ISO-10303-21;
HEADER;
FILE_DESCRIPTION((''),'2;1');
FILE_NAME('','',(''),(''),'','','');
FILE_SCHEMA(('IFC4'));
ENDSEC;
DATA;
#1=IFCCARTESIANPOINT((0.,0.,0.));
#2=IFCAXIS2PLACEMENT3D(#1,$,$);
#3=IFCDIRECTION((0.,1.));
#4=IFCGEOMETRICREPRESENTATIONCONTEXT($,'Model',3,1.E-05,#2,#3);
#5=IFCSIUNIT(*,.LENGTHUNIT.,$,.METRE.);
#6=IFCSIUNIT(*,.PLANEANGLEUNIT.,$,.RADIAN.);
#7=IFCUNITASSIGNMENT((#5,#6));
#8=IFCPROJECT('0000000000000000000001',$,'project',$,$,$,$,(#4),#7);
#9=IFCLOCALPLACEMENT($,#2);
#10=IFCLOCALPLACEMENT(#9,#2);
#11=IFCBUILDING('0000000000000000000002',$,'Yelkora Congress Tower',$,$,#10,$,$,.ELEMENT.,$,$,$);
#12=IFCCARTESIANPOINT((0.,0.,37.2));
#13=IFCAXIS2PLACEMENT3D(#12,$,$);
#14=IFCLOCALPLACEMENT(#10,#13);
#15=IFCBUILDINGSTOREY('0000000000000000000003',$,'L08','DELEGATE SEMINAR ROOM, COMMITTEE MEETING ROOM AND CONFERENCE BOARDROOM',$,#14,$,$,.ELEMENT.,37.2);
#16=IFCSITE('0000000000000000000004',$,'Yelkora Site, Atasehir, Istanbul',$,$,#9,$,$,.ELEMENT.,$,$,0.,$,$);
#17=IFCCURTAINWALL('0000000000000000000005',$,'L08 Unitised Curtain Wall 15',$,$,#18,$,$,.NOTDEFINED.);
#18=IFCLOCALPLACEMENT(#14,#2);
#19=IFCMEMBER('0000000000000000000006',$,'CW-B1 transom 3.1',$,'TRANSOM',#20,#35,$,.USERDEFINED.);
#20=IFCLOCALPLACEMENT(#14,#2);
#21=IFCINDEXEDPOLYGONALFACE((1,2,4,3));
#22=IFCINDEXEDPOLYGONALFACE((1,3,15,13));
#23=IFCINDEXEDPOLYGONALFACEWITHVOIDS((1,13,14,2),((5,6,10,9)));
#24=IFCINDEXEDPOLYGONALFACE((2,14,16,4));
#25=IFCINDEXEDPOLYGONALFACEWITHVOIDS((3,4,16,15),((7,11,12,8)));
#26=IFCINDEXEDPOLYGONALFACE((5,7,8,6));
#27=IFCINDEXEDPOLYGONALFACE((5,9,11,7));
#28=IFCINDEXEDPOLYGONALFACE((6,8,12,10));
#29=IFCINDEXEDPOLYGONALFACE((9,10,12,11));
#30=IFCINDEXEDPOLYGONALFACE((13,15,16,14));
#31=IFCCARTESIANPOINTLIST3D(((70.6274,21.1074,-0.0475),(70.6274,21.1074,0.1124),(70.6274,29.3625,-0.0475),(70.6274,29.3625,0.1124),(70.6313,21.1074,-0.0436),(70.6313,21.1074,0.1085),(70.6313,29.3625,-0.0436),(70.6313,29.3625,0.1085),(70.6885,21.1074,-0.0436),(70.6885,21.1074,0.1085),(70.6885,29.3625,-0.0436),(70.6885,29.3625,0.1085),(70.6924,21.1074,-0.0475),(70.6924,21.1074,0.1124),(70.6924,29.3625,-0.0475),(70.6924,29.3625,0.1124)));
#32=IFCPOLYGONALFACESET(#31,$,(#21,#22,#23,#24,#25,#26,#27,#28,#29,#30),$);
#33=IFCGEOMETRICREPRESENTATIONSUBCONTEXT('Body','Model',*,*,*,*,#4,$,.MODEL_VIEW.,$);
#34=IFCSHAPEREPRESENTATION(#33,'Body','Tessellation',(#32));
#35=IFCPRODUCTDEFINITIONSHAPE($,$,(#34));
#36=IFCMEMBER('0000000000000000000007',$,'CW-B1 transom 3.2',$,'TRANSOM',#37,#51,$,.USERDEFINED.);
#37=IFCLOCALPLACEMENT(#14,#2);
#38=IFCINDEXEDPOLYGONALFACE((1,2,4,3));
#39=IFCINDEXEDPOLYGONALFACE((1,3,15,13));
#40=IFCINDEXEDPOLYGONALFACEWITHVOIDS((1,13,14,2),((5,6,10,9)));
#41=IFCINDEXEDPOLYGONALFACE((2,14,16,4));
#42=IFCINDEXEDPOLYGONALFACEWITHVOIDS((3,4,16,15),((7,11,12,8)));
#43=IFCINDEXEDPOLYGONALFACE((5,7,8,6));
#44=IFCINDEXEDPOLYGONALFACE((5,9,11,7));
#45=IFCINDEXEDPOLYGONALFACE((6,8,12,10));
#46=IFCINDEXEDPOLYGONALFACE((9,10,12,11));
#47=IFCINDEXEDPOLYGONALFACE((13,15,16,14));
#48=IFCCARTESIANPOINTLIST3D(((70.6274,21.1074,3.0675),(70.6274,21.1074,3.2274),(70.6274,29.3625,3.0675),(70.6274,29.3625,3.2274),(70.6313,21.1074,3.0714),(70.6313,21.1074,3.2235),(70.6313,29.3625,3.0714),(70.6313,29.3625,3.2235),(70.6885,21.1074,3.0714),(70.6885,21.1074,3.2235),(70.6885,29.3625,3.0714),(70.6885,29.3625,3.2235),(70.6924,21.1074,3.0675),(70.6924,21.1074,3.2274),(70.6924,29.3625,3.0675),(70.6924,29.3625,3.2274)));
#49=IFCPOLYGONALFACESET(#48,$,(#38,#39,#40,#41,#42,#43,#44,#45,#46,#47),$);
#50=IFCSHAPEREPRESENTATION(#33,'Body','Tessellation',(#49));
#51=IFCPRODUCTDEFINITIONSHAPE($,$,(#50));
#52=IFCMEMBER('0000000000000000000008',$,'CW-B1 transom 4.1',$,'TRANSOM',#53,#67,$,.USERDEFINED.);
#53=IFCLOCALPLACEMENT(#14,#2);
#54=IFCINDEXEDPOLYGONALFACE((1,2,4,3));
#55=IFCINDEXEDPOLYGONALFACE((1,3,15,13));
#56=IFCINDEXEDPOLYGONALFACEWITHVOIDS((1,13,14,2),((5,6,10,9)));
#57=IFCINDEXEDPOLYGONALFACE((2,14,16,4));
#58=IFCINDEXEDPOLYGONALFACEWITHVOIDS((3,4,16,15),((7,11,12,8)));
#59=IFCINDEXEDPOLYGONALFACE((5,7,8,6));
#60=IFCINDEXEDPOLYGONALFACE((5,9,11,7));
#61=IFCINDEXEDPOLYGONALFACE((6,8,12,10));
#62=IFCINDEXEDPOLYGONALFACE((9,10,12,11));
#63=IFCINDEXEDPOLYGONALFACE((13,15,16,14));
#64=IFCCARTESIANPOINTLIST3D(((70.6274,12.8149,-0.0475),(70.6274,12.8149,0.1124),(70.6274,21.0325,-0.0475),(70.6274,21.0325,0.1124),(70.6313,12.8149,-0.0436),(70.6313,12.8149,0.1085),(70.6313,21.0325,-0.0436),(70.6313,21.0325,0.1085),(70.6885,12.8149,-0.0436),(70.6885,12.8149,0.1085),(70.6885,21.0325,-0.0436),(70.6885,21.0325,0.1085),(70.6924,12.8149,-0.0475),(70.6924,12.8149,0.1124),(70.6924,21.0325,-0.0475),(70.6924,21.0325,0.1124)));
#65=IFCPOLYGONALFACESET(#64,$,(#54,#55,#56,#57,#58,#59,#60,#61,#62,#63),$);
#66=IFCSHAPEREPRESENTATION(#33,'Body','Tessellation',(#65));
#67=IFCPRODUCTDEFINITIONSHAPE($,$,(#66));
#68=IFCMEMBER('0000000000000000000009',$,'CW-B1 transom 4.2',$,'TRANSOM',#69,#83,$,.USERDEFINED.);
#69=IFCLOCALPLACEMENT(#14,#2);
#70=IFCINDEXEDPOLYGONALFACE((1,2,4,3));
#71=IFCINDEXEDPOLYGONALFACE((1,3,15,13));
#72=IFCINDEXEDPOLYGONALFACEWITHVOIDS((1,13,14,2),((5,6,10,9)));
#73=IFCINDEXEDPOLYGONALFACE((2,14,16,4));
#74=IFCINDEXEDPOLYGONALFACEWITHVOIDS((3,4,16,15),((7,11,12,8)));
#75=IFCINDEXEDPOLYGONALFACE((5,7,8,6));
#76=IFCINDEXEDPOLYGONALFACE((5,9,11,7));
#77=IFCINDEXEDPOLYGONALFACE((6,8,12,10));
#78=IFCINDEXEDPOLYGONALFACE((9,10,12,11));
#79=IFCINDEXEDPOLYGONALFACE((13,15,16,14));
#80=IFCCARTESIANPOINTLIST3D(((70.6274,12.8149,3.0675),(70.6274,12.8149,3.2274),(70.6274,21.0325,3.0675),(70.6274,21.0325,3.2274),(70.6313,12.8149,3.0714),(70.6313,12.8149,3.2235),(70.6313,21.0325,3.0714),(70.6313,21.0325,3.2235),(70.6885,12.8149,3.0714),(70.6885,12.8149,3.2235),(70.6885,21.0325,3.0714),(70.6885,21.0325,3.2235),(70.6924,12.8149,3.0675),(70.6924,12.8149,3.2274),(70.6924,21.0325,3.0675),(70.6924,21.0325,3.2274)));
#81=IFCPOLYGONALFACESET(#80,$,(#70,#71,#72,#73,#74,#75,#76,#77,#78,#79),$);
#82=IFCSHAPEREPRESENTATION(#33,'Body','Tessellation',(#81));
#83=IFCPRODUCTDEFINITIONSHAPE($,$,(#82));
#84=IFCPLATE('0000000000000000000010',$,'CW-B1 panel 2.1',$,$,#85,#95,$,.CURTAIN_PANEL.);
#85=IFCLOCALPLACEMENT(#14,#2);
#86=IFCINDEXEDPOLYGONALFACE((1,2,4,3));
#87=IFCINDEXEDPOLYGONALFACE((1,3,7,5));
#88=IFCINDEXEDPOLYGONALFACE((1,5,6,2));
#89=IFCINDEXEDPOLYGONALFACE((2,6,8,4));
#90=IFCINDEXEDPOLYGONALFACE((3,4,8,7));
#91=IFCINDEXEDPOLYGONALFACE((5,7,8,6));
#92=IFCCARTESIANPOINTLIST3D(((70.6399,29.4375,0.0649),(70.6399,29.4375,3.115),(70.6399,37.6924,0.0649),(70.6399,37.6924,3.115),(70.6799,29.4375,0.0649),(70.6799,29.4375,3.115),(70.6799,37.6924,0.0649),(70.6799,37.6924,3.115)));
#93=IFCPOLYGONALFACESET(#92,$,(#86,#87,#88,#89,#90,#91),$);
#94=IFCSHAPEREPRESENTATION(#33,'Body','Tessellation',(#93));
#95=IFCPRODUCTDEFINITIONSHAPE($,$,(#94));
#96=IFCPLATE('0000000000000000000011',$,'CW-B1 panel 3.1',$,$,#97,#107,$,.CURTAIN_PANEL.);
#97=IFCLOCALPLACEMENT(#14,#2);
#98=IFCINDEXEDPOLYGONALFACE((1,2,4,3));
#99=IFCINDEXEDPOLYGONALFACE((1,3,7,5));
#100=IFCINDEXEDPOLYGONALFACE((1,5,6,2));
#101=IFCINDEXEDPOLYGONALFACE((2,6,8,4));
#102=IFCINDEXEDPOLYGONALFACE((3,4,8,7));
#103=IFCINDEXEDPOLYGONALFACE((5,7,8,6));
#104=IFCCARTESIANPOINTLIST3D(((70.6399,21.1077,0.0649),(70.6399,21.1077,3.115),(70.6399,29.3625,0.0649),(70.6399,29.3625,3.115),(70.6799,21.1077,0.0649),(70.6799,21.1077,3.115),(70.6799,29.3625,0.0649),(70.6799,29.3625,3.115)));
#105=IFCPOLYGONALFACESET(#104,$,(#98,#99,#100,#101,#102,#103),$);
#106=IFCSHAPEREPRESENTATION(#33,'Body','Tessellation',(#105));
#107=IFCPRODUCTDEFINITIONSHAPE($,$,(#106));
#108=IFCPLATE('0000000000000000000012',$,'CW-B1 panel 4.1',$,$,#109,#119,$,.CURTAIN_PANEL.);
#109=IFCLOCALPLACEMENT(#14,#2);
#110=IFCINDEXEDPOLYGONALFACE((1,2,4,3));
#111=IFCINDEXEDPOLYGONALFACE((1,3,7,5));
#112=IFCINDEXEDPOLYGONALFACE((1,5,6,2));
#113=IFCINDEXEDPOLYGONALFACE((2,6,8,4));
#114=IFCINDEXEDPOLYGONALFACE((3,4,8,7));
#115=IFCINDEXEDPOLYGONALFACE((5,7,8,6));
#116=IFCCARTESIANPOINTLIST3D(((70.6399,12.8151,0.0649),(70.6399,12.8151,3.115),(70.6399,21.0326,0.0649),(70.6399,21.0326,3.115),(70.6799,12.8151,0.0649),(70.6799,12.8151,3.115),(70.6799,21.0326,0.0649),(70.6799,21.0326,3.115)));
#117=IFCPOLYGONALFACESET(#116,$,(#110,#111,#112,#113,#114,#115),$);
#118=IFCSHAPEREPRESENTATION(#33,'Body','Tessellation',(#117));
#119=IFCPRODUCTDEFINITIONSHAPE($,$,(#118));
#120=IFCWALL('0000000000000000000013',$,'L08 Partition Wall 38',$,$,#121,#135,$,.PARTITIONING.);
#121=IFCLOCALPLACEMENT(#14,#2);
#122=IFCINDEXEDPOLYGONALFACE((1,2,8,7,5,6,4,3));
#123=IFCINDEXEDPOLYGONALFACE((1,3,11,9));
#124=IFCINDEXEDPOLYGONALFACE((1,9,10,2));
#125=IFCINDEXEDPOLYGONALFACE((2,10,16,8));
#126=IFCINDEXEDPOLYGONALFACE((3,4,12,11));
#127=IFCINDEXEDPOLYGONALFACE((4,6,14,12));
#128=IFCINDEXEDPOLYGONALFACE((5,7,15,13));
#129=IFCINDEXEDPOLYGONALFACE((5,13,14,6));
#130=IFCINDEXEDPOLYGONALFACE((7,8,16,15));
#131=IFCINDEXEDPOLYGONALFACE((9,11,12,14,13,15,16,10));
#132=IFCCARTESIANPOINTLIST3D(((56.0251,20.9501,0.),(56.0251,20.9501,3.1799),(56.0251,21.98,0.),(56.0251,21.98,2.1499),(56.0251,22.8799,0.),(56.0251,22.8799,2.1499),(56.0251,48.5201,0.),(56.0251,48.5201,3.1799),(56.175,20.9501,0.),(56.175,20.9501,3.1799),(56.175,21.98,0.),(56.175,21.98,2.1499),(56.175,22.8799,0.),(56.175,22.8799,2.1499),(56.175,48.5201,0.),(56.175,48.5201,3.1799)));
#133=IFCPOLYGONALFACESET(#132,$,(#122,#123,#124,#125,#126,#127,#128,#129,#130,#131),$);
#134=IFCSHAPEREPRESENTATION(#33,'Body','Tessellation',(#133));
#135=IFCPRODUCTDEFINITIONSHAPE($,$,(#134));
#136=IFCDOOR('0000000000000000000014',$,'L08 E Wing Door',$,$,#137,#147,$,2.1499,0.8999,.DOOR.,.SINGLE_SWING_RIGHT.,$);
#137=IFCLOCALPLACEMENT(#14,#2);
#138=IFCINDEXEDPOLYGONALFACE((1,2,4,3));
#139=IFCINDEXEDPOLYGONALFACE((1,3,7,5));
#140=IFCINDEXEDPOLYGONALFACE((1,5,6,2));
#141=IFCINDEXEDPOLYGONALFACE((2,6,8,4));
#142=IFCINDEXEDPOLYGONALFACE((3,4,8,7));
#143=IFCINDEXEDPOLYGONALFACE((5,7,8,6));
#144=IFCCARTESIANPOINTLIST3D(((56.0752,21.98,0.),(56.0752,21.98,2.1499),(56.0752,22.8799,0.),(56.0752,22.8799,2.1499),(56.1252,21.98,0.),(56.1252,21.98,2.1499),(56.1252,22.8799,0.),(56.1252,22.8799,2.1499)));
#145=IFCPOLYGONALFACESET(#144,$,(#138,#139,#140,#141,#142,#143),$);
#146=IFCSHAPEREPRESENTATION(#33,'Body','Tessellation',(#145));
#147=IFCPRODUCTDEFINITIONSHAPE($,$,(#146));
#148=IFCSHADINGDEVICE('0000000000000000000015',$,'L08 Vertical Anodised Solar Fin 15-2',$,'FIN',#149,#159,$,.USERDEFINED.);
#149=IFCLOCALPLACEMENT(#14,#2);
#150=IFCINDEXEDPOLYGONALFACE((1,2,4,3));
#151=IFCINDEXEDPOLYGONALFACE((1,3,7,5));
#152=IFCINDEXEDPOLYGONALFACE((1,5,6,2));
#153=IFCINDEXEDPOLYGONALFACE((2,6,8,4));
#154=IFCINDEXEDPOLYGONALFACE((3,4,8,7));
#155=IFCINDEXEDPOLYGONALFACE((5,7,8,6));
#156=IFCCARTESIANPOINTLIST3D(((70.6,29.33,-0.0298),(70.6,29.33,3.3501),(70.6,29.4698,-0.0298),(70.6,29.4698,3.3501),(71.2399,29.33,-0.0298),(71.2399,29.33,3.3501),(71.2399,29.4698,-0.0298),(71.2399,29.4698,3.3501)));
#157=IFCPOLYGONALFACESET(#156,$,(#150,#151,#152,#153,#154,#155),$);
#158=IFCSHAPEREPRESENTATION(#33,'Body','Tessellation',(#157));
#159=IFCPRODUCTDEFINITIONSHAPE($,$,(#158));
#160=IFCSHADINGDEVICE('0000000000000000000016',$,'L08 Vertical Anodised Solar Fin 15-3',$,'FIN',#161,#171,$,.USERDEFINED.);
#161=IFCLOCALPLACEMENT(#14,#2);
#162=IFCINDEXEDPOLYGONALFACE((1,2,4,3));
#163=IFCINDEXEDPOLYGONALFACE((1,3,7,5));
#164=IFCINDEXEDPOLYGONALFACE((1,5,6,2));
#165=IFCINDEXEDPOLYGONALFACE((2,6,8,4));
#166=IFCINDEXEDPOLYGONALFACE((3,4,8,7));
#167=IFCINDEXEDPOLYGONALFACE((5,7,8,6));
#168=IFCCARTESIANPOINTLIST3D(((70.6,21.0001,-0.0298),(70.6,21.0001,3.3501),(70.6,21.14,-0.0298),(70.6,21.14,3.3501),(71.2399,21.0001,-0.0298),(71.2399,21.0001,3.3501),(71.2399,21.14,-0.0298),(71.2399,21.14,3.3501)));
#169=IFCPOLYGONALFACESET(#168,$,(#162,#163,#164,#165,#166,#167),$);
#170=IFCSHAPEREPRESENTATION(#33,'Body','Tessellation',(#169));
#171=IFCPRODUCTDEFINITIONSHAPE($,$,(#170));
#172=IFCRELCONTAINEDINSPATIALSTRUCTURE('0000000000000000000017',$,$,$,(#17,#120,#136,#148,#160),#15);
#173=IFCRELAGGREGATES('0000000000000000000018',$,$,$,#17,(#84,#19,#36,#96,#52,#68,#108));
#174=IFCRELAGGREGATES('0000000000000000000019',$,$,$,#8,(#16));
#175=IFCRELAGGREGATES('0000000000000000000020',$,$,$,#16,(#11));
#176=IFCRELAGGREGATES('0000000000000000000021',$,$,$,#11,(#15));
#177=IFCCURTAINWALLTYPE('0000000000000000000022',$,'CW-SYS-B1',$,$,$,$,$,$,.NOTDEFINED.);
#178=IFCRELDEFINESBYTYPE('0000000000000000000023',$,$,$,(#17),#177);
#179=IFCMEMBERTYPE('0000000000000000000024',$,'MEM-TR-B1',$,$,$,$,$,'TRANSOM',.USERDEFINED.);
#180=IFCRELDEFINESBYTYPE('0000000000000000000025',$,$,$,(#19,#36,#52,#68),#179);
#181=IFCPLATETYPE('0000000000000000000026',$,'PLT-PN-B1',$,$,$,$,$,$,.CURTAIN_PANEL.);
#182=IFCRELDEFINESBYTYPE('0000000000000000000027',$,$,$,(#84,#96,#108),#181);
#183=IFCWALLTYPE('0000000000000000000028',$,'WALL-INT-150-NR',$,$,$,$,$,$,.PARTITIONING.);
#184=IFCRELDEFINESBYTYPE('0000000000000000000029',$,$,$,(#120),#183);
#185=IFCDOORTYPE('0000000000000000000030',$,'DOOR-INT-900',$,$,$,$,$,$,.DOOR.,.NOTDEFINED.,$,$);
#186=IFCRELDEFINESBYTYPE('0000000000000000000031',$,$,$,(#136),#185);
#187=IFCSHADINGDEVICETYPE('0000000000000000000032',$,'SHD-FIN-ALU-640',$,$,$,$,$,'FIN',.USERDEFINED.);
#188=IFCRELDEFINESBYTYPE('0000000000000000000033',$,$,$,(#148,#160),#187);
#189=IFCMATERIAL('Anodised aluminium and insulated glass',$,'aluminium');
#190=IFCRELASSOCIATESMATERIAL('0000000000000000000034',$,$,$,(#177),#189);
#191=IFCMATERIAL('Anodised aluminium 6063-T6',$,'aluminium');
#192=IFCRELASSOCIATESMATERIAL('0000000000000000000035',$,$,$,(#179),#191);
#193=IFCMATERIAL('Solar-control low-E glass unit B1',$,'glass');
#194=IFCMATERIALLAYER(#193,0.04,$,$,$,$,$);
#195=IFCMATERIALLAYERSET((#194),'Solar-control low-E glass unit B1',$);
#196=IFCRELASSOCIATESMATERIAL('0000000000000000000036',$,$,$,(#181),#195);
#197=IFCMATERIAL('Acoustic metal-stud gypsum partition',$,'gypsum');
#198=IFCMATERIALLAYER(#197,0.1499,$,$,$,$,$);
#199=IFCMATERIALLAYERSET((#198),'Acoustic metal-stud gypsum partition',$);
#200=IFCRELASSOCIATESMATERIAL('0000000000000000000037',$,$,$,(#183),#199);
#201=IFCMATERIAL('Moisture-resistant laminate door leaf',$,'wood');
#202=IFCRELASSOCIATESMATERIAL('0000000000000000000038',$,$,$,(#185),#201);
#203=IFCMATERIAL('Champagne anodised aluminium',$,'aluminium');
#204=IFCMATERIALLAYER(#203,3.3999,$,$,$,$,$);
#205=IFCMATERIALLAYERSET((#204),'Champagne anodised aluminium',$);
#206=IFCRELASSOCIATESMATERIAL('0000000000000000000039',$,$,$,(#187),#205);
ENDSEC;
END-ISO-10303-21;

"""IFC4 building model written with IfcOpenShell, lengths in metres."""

from ifc_helpers import new_model, si_unit, direction, frame, frame_2d, origin, origin_2d, place, context, subcontext, project, spatial, rectangle, hollow_rectangle, extrude, material, layer, layer_set, material_profile, profile_set, type_object, element, fill, aggregate, save


model = new_model("IFC4")

# Units and contexts
model_context = context("Model", 3, precision=1e-05, world=origin(), true_north=direction((0.0, 1.0)))
body_context = subcontext(model_context, "Body", "Model", "MODEL_VIEW")
ifc_project = project(units=[si_unit("LENGTHUNIT", "METRE"), si_unit("PLANEANGLEUNIT", "RADIAN")], contexts=[model_context])

# Site, building, storey
site_placement = place(None, origin())
site = spatial("IfcSite", under=ifc_project, at=site_placement, Name="Yelkora Site, Atasehir, Istanbul", CompositionType="ELEMENT", RefElevation=0.0)
building_placement = place(site_placement, origin())
building = spatial("IfcBuilding", under=site, at=building_placement, Name="Yelkora Congress Tower", CompositionType="ELEMENT")
storey_placement = place(building_placement, frame((0.0, 0.0, 37.2)))
storey = spatial("IfcBuildingStorey", under=building, at=storey_placement, Name="L08", Description="DELEGATE SEMINAR ROOM, COMMITTEE MEETING ROOM AND CONFERENCE BOARDROOM", CompositionType="ELEMENT", Elevation=37.2)

# Curtain wall, members, plates
ifc_material_1 = material(Name="Anodised aluminium and insulated glass", Category="aluminium")
curtain_wall_type = type_object("IfcCurtainWallType", Name="CW-SYS-B1", PredefinedType="NOTDEFINED", material=ifc_material_1)
curtain_wall_placement = place(storey_placement, origin())
curtain_wall = element("IfcCurtainWall", 1, at=curtain_wall_placement, inside=storey, type_object=curtain_wall_type, Name="L08 Unitised Curtain Wall 15", PredefinedType="NOTDEFINED")
ifc_material_2 = material(Name="Anodised aluminium 6063-T6", Category="aluminium")
ifc_material_profile_1 = material_profile(ifc_material_2, hollow_rectangle(XDim=0.0649, YDim=0.1599, WallThickness=0.0039, at=origin_2d()), Name="ALU 65x160x4")
ifc_profile_set_1 = profile_set([ifc_material_profile_1], Name="Anodised aluminium 6063-T6")
member_type_1 = type_object("IfcMemberType", Name="MEM-TR-B1", ElementType="TRANSOM", PredefinedType="USERDEFINED", material=ifc_profile_set_1)
member_1_placement = place(storey_placement, frame((70.6599, 29.3625, 0.0325), z_axis=(0.0, -1.0, 0.0), x_axis=(1.0, 0.0, 0.0)))
member_1 = element("IfcMember", 2, at=member_1_placement, type_object=member_type_1, Name="CW-B1 transom 3.1", ObjectType="TRANSOM", PredefinedType="USERDEFINED", context=body_context, shape_type="SweptSolid", body=[
    extrude(hollow_rectangle(XDim=0.0649, YDim=0.1599, WallThickness=0.0039, at=origin_2d()), origin(), (0.0, 0.0, 1.0), 8.2551),
])
member_2_placement = place(storey_placement, frame((70.6599, 29.3625, 3.1475), z_axis=(0.0, -1.0, 0.0), x_axis=(1.0, 0.0, 0.0)))
member_2 = element("IfcMember", 3, at=member_2_placement, type_object=member_type_1, Name="CW-B1 transom 3.2", ObjectType="TRANSOM", PredefinedType="USERDEFINED", context=body_context, shape_type="SweptSolid", body=[
    extrude(hollow_rectangle(XDim=0.0649, YDim=0.1599, WallThickness=0.0039, at=origin_2d()), origin(), (0.0, 0.0, 1.0), 8.2551),
])
member_3_placement = place(storey_placement, frame((70.6599, 21.0325, 0.0325), z_axis=(0.0, -1.0, 0.0), x_axis=(1.0, 0.0, 0.0)))
member_3 = element("IfcMember", 4, at=member_3_placement, type_object=member_type_1, Name="CW-B1 transom 4.1", ObjectType="TRANSOM", PredefinedType="USERDEFINED", context=body_context, shape_type="SweptSolid", body=[
    extrude(hollow_rectangle(XDim=0.0649, YDim=0.1599, WallThickness=0.0039, at=origin_2d()), origin(), (0.0, 0.0, 1.0), 8.2175),
])
member_4_placement = place(storey_placement, frame((70.6599, 21.0325, 3.1475), z_axis=(0.0, -1.0, 0.0), x_axis=(1.0, 0.0, 0.0)))
member_4 = element("IfcMember", 5, at=member_4_placement, type_object=member_type_1, Name="CW-B1 transom 4.2", ObjectType="TRANSOM", PredefinedType="USERDEFINED", context=body_context, shape_type="SweptSolid", body=[
    extrude(hollow_rectangle(XDim=0.0649, YDim=0.1599, WallThickness=0.0039, at=origin_2d()), origin(), (0.0, 0.0, 1.0), 8.2175),
])
ifc_material_3 = material(Name="Solar-control low-E glass unit B1", Category="glass")
ifc_layer_1 = layer(ifc_material_3, 0.04)
ifc_layer_set_1 = layer_set([ifc_layer_1], Name="Solar-control low-E glass unit B1")
plate_type = type_object("IfcPlateType", Name="PLT-PN-B1", PredefinedType="CURTAIN_PANEL", material=ifc_layer_set_1)
plate_1_placement = place(storey_placement, frame((70.6599, 33.5649, 0.0649), z_axis=(0.0, 0.0, 1.0), x_axis=(0.0, -1.0, 0.0)))
plate_1 = element("IfcPlate", 6, at=plate_1_placement, type_object=plate_type, Name="CW-B1 panel 2.1", PredefinedType="CURTAIN_PANEL", context=body_context, shape_type="SweptSolid", body=[
    extrude(rectangle(XDim=8.2549, YDim=0.04, at=origin_2d()), origin(), (0.0, 0.0, 1.0), 3.05),
])
plate_2_placement = place(storey_placement, frame((70.6599, 25.2351, 0.0649), z_axis=(0.0, 0.0, 1.0), x_axis=(0.0, -1.0, 0.0)))
plate_2 = element("IfcPlate", 7, at=plate_2_placement, type_object=plate_type, Name="CW-B1 panel 3.1", PredefinedType="CURTAIN_PANEL", context=body_context, shape_type="SweptSolid", body=[
    extrude(rectangle(XDim=8.2549, YDim=0.04, at=origin_2d()), origin(), (0.0, 0.0, 1.0), 3.05),
])
plate_3_placement = place(storey_placement, frame((70.6599, 16.9238, 0.0649), z_axis=(0.0, 0.0, 1.0), x_axis=(0.0, -1.0, 0.0)))
plate_3 = element("IfcPlate", 8, at=plate_3_placement, type_object=plate_type, Name="CW-B1 panel 4.1", PredefinedType="CURTAIN_PANEL", context=body_context, shape_type="SweptSolid", body=[
    extrude(rectangle(XDim=8.2175, YDim=0.04, at=origin_2d()), origin(), (0.0, 0.0, 1.0), 3.05),
])
aggregate(curtain_wall, [plate_1, member_1, member_2, plate_2, member_3, member_4, plate_3])

# Wall, opening, door
ifc_material_4 = material(Name="Acoustic metal-stud gypsum partition", Category="gypsum")
ifc_layer_2 = layer(ifc_material_4, 0.1499)
ifc_layer_set_2 = layer_set([ifc_layer_2], Name="Acoustic metal-stud gypsum partition")
wall_type = type_object("IfcWallType", Name="WALL-INT-150-NR", PredefinedType="PARTITIONING", material=ifc_layer_set_2)
wall_placement = place(storey_placement, frame((56.1001, 20.95, 0.0), z_axis=(0.0, 0.0, 1.0), x_axis=(0.0, 1.0, 0.0)))
wall = element("IfcWall", 9, at=wall_placement, inside=storey, type_object=wall_type, Name="L08 Partition Wall 38", PredefinedType="PARTITIONING", context=body_context, shape_type="SweptSolid", body=[
    extrude(rectangle(XDim=27.5701, YDim=0.1499, at=frame_2d((13.7852, 0.0))), origin(), (0.0, 0.0, 1.0), 3.1799),
])
opening_placement = place(wall_placement, frame((1.03, 0.0, 0.0)))
opening = element("IfcOpeningElement", 10, at=opening_placement, cuts=wall, PredefinedType="OPENING", context=body_context, shape_type="SweptSolid", body=[
    extrude(rectangle(XDim=0.8999, YDim=2.1499, at=frame_2d((0.45, 1.075))), frame((0.0, 0.085, 0.0), z_axis=(0.0, -1.0, 0.0), x_axis=(1.0, 0.0, 0.0)), (0.0, 0.0, 1.0), 0.1699),
])
ifc_material_5 = material(Name="Moisture-resistant laminate door leaf", Category="wood")
door_type = type_object("IfcDoorType", Name="DOOR-INT-900", OperationType="NOTDEFINED", PredefinedType="DOOR", material=ifc_material_5)
door_placement = place(opening_placement, origin())
door = element("IfcDoor", 11, at=door_placement, inside=storey, type_object=door_type, Name="L08 E Wing Door", OperationType="SINGLE_SWING_RIGHT", OverallHeight=2.1499, OverallWidth=0.8999, PredefinedType="DOOR", context=body_context, shape_type="SweptSolid", body=[
    extrude(rectangle(XDim=0.8999, YDim=2.1499, at=frame_2d((0.45, 1.075))), frame((0.0, 0.0249, 0.0), z_axis=(0.0, -1.0, 0.0), x_axis=(1.0, 0.0, 0.0)), (0.0, 0.0, 1.0), 0.05),
])
fill(opening, door)

# Shading devices
ifc_material_6 = material(Name="Champagne anodised aluminium", Category="aluminium")
ifc_layer_3 = layer(ifc_material_6, 3.3999)
ifc_layer_set_3 = layer_set([ifc_layer_3], Name="Champagne anodised aluminium")
shading_device_type = type_object("IfcShadingDeviceType", Name="SHD-FIN-ALU-640", ElementType="FIN", PredefinedType="USERDEFINED", material=ifc_layer_set_3)
for number, where, z_axis, x_axis, name in (
    (12, (70.9199, 29.3999, -0.0298), (0.0, 0.0, 1.0), (0.0, -1.0, 0.0), "L08 Vertical Anodised Solar Fin 15-2"),
    (13, (70.9199, 21.0701, -0.0298), (0.0, 0.0, 1.0), (0.0, -1.0, 0.0), "L08 Vertical Anodised Solar Fin 15-3"),
):
    element("IfcShadingDevice", number, at=place(storey_placement, frame(where, z_axis=z_axis, x_axis=x_axis)), inside=storey, type_object=shading_device_type, Name=name, ObjectType="FIN", PredefinedType="USERDEFINED", context=body_context, shape_type="SweptSolid", body=[
        extrude(rectangle(XDim=0.1399, YDim=0.6399, at=origin_2d()), origin(), (0.0, 0.0, 1.0), 3.3799),
    ])

save(model, "model.ifc")
